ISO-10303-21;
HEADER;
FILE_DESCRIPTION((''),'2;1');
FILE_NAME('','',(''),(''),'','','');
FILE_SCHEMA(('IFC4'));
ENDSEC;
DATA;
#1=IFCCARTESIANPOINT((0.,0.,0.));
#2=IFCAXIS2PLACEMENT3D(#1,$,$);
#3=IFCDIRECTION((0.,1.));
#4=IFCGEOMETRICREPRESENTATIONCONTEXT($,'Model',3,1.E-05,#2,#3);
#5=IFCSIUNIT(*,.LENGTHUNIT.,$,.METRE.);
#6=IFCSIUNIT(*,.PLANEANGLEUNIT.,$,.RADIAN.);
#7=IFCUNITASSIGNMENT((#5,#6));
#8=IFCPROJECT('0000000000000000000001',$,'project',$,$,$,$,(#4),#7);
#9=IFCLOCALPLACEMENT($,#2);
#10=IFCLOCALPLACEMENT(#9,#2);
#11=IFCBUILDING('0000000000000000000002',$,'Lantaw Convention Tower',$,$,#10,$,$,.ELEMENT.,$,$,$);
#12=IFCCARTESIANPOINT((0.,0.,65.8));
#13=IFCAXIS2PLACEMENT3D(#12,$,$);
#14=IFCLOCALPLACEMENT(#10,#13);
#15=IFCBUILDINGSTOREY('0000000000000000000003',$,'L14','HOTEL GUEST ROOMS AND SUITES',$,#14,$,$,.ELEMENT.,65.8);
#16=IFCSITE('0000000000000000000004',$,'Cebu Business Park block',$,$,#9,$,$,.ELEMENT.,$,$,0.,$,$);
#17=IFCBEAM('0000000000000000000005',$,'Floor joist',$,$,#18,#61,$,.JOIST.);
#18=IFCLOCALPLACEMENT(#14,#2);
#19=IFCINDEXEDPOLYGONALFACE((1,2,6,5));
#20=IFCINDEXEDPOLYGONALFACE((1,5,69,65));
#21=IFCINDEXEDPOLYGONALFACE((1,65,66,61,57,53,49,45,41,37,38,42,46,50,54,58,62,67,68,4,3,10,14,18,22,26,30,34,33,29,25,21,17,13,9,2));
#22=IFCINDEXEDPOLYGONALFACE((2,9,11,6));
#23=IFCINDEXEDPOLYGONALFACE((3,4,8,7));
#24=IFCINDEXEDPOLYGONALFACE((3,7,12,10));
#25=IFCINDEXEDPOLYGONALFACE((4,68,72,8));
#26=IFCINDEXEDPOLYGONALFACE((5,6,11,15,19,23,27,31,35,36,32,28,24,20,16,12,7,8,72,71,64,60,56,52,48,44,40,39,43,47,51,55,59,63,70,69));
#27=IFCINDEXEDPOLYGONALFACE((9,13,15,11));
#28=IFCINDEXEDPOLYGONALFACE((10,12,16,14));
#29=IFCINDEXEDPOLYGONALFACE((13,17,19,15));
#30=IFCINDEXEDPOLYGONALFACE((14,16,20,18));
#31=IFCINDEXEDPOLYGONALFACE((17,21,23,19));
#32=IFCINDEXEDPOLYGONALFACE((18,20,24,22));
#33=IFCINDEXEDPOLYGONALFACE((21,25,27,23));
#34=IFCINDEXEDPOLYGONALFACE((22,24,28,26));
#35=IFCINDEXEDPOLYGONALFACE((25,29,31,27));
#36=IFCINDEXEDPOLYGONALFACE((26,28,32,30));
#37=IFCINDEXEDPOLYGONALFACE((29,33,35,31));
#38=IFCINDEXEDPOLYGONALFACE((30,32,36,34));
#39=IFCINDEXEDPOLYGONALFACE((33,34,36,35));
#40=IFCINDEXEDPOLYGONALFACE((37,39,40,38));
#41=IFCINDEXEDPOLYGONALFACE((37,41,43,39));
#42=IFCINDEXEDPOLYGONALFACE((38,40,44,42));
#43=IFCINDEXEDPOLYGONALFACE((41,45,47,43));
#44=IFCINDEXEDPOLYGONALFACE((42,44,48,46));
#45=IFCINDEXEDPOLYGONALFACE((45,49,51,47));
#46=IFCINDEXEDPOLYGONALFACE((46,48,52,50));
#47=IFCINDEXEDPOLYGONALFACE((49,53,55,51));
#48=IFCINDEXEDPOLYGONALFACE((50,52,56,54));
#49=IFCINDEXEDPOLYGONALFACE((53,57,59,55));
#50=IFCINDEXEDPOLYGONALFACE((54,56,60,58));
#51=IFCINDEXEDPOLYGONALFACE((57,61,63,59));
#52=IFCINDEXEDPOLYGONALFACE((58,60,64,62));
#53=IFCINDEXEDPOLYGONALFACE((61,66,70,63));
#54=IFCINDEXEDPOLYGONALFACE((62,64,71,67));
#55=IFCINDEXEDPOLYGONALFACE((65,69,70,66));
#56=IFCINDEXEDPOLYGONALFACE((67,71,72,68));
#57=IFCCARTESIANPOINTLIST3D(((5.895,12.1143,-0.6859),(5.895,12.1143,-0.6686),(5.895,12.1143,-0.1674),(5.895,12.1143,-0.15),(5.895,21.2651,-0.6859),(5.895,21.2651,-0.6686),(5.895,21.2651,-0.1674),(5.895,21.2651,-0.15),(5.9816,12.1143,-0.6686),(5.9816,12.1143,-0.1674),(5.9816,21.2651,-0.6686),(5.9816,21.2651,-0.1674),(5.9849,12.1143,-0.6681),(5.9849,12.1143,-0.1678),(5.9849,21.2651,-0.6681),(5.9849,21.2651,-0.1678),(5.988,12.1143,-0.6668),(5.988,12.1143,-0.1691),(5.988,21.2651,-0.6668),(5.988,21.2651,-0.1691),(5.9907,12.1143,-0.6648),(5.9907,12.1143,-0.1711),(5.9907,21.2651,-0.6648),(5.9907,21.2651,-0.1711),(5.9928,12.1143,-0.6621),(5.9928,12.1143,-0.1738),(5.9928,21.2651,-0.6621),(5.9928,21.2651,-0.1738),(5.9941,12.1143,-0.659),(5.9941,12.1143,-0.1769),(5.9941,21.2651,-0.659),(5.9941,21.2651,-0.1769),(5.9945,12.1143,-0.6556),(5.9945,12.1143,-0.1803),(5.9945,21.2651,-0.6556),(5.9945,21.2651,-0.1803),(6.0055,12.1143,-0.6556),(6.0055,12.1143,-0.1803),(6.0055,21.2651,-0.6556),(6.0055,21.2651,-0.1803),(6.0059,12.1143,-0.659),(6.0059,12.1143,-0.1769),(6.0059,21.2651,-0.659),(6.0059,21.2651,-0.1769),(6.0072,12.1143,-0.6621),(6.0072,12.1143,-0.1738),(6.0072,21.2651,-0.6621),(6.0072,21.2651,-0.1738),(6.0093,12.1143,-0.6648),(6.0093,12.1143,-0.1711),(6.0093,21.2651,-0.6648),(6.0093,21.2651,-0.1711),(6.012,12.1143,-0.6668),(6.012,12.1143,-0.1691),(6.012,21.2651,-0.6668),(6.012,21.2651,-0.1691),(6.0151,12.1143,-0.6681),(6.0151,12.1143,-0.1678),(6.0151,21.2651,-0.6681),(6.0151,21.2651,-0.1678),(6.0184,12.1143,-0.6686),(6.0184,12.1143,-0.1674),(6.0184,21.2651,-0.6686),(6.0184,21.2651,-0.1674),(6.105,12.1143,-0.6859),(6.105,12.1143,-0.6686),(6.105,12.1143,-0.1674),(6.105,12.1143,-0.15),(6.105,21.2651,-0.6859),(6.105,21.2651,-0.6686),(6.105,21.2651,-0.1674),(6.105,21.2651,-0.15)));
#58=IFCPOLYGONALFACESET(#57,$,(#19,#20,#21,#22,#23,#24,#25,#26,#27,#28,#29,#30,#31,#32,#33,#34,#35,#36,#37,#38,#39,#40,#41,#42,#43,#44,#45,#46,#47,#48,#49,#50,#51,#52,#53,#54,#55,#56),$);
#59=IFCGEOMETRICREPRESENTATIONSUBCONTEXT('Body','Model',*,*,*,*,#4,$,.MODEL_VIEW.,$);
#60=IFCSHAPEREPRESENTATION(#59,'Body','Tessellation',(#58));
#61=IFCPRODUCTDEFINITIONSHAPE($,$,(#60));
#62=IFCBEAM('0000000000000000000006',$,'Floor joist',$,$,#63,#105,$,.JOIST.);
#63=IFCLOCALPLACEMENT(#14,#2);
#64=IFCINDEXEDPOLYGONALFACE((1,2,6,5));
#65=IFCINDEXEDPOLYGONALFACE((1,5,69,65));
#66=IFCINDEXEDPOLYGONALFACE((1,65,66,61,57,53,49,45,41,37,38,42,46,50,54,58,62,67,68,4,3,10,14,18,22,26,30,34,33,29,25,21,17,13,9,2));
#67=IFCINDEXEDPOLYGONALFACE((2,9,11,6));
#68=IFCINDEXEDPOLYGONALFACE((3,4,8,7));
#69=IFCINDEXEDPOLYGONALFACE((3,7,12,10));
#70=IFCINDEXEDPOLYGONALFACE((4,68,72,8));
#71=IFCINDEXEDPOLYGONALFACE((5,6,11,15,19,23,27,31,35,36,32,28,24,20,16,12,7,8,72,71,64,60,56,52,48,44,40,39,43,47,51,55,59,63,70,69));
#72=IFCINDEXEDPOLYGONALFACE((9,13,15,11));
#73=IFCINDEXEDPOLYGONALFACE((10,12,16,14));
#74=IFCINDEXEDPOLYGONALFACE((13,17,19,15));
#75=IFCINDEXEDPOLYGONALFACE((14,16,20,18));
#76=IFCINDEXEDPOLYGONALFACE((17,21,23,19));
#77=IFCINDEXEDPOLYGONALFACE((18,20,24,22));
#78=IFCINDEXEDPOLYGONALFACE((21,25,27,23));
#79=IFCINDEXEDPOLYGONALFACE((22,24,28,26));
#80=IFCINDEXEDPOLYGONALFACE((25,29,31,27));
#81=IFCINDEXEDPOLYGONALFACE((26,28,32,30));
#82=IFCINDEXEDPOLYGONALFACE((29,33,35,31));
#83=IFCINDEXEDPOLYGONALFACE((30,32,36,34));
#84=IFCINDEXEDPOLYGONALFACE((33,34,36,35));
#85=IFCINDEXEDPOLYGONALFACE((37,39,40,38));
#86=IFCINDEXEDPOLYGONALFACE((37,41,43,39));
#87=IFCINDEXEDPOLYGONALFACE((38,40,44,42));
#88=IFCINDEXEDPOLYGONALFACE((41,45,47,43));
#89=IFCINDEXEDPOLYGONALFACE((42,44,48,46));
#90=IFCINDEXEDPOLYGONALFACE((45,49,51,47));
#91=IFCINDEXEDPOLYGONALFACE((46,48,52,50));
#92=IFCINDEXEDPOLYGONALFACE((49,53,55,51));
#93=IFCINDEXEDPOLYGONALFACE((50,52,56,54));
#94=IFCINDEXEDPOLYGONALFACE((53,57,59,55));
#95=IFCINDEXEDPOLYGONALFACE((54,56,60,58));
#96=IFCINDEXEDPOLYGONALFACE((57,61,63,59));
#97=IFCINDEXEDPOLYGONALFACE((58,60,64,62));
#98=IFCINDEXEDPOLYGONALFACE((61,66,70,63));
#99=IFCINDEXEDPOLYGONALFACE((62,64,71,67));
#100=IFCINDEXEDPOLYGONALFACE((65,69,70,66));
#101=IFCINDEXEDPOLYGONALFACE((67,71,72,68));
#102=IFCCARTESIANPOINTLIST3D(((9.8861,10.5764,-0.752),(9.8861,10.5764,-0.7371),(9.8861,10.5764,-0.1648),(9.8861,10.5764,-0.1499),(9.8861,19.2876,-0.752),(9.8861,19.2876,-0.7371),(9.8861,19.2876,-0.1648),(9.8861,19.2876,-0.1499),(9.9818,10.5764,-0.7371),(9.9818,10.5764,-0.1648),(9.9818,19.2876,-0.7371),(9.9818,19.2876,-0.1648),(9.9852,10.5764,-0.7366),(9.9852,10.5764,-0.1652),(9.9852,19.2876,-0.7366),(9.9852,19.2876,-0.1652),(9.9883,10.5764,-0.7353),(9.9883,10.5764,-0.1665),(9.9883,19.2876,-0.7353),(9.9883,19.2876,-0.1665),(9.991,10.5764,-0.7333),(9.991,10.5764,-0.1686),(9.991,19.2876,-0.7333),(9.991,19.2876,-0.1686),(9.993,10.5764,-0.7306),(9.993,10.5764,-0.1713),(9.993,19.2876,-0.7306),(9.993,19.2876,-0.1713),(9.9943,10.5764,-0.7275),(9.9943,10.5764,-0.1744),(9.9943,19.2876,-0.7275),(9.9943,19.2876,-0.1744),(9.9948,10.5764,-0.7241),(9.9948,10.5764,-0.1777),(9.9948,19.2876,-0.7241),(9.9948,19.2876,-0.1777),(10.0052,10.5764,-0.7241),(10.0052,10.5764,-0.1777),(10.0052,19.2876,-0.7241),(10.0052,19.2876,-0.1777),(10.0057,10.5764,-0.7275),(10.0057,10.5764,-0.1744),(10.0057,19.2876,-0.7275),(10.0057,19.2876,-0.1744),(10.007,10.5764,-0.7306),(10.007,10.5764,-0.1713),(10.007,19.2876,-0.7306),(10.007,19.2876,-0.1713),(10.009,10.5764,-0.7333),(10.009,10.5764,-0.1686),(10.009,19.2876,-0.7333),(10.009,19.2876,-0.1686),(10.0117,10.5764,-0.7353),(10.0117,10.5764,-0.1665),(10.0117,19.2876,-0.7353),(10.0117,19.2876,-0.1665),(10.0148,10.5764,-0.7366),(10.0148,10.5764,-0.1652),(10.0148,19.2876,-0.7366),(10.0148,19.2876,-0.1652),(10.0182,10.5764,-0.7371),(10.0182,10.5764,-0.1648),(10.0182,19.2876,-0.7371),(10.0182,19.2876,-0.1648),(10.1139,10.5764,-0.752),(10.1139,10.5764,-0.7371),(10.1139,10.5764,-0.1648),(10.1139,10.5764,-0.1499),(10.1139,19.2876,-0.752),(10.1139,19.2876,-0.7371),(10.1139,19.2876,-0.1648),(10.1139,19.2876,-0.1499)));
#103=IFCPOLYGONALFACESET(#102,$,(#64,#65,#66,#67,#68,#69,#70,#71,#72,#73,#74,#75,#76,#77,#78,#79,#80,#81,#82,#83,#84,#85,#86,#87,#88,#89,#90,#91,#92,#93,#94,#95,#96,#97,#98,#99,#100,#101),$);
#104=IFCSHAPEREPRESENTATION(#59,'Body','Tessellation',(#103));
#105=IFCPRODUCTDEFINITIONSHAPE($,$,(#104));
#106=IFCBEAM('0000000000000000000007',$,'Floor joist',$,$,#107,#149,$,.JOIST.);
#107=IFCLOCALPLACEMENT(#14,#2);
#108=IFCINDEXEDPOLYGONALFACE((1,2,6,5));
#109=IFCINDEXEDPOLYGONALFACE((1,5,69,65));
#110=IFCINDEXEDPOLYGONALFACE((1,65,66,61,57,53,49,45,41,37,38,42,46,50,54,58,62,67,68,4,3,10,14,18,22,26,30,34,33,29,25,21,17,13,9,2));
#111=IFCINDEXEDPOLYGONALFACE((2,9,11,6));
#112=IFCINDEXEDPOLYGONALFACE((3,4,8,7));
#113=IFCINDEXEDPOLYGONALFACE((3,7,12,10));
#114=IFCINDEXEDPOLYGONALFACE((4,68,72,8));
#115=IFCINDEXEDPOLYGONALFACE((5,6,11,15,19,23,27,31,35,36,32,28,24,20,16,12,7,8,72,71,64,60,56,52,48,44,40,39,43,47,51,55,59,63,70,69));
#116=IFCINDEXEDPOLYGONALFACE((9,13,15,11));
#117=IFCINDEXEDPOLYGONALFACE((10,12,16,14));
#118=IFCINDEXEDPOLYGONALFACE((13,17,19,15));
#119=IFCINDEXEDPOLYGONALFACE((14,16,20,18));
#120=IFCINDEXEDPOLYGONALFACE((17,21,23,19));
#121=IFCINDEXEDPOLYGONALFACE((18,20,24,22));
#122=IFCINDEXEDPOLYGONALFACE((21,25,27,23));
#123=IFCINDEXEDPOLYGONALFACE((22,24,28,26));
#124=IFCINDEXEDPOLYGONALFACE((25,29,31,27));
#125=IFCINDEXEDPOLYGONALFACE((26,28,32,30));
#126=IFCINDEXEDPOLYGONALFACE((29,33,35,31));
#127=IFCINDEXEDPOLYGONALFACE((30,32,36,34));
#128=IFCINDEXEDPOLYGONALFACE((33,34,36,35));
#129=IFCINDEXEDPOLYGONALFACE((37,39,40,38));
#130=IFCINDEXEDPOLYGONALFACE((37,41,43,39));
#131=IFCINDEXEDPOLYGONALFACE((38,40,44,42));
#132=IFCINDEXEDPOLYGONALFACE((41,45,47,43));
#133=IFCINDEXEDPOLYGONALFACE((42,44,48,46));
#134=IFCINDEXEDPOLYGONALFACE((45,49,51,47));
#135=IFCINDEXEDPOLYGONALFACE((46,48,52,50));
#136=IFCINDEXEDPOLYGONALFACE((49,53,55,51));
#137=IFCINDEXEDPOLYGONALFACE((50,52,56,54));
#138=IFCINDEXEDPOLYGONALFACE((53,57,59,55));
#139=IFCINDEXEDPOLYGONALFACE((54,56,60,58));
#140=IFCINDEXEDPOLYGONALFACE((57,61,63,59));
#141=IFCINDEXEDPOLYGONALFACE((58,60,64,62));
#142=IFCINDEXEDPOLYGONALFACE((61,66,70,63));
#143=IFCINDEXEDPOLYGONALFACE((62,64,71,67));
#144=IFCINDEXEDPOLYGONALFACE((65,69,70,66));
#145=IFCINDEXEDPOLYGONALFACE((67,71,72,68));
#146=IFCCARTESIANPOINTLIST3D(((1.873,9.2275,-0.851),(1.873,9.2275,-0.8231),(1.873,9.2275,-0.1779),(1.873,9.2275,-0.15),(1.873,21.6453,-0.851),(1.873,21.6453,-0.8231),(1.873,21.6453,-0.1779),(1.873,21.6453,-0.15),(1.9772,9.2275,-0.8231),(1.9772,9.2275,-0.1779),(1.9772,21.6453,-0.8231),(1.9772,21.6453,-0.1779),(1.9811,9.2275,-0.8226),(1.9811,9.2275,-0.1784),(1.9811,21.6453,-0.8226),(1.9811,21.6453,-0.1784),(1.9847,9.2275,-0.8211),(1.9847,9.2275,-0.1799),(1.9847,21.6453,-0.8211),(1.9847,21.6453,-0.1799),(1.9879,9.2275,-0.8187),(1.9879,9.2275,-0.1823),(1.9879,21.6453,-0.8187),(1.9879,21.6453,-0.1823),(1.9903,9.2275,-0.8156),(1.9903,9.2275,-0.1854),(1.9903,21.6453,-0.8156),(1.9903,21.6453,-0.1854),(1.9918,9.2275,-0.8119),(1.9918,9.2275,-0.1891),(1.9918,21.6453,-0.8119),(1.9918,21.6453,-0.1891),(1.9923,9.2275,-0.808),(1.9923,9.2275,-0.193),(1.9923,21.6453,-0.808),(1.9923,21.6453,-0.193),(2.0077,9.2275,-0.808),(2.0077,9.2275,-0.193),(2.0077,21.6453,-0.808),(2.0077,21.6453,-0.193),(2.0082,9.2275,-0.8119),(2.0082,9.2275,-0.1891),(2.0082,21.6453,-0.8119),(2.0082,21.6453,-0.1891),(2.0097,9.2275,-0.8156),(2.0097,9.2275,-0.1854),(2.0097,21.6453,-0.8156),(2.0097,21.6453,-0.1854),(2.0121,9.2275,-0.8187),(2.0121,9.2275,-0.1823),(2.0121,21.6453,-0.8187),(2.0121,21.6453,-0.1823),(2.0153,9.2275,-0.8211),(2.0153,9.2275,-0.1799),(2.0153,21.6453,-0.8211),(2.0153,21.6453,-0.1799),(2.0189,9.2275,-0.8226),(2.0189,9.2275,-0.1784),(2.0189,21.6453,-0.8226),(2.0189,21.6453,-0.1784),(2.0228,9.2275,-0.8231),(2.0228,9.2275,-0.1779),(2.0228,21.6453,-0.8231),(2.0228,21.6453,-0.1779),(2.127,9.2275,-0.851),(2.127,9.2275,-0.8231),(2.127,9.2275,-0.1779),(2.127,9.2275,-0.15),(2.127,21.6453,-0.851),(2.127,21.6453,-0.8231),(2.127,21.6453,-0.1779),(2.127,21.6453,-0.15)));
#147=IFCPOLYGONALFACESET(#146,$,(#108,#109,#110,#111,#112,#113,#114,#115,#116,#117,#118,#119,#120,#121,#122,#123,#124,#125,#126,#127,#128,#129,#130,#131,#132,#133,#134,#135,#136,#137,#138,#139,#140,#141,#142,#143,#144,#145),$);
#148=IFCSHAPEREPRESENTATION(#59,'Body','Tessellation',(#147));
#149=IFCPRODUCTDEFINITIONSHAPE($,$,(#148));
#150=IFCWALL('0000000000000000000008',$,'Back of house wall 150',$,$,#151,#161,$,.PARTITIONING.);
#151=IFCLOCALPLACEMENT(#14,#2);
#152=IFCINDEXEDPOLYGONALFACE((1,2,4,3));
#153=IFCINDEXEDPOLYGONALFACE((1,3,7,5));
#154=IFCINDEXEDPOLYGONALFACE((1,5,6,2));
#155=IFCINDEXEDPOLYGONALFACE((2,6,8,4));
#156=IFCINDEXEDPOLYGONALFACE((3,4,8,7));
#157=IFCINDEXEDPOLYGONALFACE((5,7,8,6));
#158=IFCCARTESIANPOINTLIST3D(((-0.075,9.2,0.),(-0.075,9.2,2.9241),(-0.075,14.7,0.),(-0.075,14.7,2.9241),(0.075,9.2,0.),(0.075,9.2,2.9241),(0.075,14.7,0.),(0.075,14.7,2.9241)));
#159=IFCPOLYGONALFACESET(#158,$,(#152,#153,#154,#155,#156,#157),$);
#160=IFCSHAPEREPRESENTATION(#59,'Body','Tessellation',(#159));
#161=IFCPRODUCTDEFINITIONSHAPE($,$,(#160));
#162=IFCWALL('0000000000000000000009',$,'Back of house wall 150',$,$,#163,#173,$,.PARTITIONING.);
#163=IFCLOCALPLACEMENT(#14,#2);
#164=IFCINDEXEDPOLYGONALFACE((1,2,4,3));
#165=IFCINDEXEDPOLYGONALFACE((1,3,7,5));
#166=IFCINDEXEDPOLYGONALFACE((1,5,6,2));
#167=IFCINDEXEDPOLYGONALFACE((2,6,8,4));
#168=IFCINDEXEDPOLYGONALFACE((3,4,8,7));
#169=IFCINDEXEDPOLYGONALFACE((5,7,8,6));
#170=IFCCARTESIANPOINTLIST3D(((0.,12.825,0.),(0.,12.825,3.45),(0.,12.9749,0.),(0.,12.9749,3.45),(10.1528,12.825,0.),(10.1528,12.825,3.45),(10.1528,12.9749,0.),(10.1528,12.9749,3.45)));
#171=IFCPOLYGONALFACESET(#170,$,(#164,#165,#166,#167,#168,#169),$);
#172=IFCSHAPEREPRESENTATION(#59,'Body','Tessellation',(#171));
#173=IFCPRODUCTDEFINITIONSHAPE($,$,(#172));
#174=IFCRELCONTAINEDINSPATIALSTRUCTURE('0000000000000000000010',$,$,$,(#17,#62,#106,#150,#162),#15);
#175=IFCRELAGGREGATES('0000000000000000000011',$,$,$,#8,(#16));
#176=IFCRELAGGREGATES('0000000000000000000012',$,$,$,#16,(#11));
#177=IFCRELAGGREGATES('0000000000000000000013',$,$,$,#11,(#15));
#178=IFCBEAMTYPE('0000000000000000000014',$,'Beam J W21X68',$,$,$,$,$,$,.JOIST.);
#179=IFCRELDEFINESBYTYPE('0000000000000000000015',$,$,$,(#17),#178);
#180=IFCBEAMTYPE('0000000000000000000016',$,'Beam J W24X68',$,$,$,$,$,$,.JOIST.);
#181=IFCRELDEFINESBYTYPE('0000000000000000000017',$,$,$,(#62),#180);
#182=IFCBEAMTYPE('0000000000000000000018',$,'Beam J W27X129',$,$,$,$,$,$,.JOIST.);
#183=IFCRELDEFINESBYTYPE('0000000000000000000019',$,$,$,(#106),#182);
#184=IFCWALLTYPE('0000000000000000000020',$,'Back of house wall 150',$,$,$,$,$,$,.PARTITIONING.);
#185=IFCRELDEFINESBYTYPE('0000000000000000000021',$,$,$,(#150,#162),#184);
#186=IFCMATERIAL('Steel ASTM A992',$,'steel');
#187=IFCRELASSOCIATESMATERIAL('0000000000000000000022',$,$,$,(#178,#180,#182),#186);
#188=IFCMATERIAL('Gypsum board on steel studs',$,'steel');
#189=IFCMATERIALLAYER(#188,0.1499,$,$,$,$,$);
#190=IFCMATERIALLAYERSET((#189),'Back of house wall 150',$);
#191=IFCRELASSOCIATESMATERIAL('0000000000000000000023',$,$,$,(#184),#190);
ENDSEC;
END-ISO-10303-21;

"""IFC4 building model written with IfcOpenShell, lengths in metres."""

from ifc_helpers import new_model, si_unit, direction, frame, frame_2d, origin, origin_2d, place, context, subcontext, project, spatial, rectangle, i_section, extrude, material, layer, layer_set, material_profile, profile_set, type_object, element, save


model = new_model("IFC4")

# Units and contexts
model_context = context("Model", 3, precision=1e-05, world=origin(), true_north=direction((0.0, 1.0)))
body_context = subcontext(model_context, "Body", "Model", "MODEL_VIEW")
ifc_project = project(units=[si_unit("LENGTHUNIT", "METRE"), si_unit("PLANEANGLEUNIT", "RADIAN")], contexts=[model_context])

# Site, building, storey
site_placement = place(None, origin())
site = spatial("IfcSite", under=ifc_project, at=site_placement, Name="Cebu Business Park block", CompositionType="ELEMENT", RefElevation=0.0)
building_placement = place(site_placement, origin())
building = spatial("IfcBuilding", under=site, at=building_placement, Name="Lantaw Convention Tower", CompositionType="ELEMENT")
storey_placement = place(building_placement, frame((0.0, 0.0, 65.8)))
storey = spatial("IfcBuildingStorey", under=building, at=storey_placement, Name="L14", Description="HOTEL GUEST ROOMS AND SUITES", CompositionType="ELEMENT", Elevation=65.8)

# Beams
ifc_material_1 = material(Name="Steel ASTM A992", Category="steel")
ifc_material_profile_1 = material_profile(ifc_material_1, i_section(OverallWidth=0.21, OverallDepth=0.5359, WebThickness=0.011, FlangeThickness=0.0173, FilletRadius=0.0129, at=origin_2d()), Name="W21X68")
ifc_profile_set_1 = profile_set([ifc_material_profile_1], Name="Steel ASTM A992")
beam_type_1 = type_object("IfcBeamType", Name="Beam J W21X68", PredefinedType="JOIST", material=ifc_profile_set_1)
beam_1_placement = place(storey_placement, frame((6.0, 12.1143, -0.418), z_axis=(0.0, 1.0, 0.0), x_axis=(-1.0, 0.0, 0.0)))
element("IfcBeam", 1, at=beam_1_placement, inside=storey, type_object=beam_type_1, Name="Floor joist", PredefinedType="JOIST", context=body_context, shape_type="SweptSolid", body=[
    extrude(i_section(OverallWidth=0.21, OverallDepth=0.5359, WebThickness=0.011, FlangeThickness=0.0173, FilletRadius=0.0129, at=origin_2d()), origin(), (0.0, 0.0, 1.0), 9.1509),
])
ifc_material_profile_2 = material_profile(ifc_material_1, i_section(OverallWidth=0.2278, OverallDepth=0.6021, WebThickness=0.0105, FlangeThickness=0.0149, FilletRadius=0.0129, at=origin_2d()), Name="W24X68")
ifc_profile_set_2 = profile_set([ifc_material_profile_2], Name="Steel ASTM A992")
beam_type_2 = type_object("IfcBeamType", Name="Beam J W24X68", PredefinedType="JOIST", material=ifc_profile_set_2)
beam_2_placement = place(storey_placement, frame((10.0, 10.5764, -0.4509), z_axis=(0.0, 1.0, 0.0), x_axis=(-1.0, 0.0, 0.0)))
element("IfcBeam", 2, at=beam_2_placement, inside=storey, type_object=beam_type_2, Name="Floor joist", PredefinedType="JOIST", context=body_context, shape_type="SweptSolid", body=[
    extrude(i_section(OverallWidth=0.2278, OverallDepth=0.6021, WebThickness=0.0105, FlangeThickness=0.0149, FilletRadius=0.0129, at=origin_2d()), origin(), (0.0, 0.0, 1.0), 8.7112),
])
ifc_material_profile_3 = material_profile(ifc_material_1, i_section(OverallWidth=0.2539, OverallDepth=0.7009, WebThickness=0.0154, FlangeThickness=0.0278, FilletRadius=0.0151, at=origin_2d()), Name="W27X129")
ifc_profile_set_3 = profile_set([ifc_material_profile_3], Name="Steel ASTM A992")
beam_type_3 = type_object("IfcBeamType", Name="Beam J W27X129", PredefinedType="JOIST", material=ifc_profile_set_3)
beam_3_placement = place(storey_placement, frame((2.0, 9.2275, -0.5005), z_axis=(0.0, 1.0, 0.0), x_axis=(-1.0, 0.0, 0.0)))
element("IfcBeam", 3, at=beam_3_placement, inside=storey, type_object=beam_type_3, Name="Floor joist", PredefinedType="JOIST", context=body_context, shape_type="SweptSolid", body=[
    extrude(i_section(OverallWidth=0.2539, OverallDepth=0.7009, WebThickness=0.0154, FlangeThickness=0.0278, FilletRadius=0.0151, at=origin_2d()), origin(), (0.0, 0.0, 1.0), 12.4177),
])

# Walls
ifc_material_2 = material(Name="Gypsum board on steel studs", Category="steel")
ifc_layer_1 = layer(ifc_material_2, 0.1499)
ifc_layer_set_1 = layer_set([ifc_layer_1], Name="Back of house wall 150")
wall_type_1 = type_object("IfcWallType", Name="Back of house wall 150", PredefinedType="PARTITIONING", material=ifc_layer_set_1)
wall_1_placement = place(storey_placement, frame((0.0, 9.2, 0.0), z_axis=(0.0, 0.0, 1.0), x_axis=(0.0, 1.0, 0.0)))
element("IfcWall", 4, at=wall_1_placement, inside=storey, type_object=wall_type_1, Name="Back of house wall 150", PredefinedType="PARTITIONING", context=body_context, shape_type="SweptSolid", body=[
    extrude(rectangle(XDim=5.5, YDim=0.1499, at=frame_2d((2.75, 0.0))), origin(), (0.0, 0.0, 1.0), 2.9241),
])
wall_2_placement = place(storey_placement, frame((10.1528, 12.8999, 0.0), z_axis=(0.0, 0.0, 1.0), x_axis=(-1.0, 0.0, 0.0)))
element("IfcWall", 5, at=wall_2_placement, inside=storey, type_object=wall_type_1, Name="Back of house wall 150", PredefinedType="PARTITIONING", context=body_context, shape_type="SweptSolid", body=[
    extrude(rectangle(XDim=10.1528, YDim=0.1499, at=frame_2d((5.0764, 0.0))), origin(), (0.0, 0.0, 1.0), 3.45),
])

save(model, "model.ifc")
